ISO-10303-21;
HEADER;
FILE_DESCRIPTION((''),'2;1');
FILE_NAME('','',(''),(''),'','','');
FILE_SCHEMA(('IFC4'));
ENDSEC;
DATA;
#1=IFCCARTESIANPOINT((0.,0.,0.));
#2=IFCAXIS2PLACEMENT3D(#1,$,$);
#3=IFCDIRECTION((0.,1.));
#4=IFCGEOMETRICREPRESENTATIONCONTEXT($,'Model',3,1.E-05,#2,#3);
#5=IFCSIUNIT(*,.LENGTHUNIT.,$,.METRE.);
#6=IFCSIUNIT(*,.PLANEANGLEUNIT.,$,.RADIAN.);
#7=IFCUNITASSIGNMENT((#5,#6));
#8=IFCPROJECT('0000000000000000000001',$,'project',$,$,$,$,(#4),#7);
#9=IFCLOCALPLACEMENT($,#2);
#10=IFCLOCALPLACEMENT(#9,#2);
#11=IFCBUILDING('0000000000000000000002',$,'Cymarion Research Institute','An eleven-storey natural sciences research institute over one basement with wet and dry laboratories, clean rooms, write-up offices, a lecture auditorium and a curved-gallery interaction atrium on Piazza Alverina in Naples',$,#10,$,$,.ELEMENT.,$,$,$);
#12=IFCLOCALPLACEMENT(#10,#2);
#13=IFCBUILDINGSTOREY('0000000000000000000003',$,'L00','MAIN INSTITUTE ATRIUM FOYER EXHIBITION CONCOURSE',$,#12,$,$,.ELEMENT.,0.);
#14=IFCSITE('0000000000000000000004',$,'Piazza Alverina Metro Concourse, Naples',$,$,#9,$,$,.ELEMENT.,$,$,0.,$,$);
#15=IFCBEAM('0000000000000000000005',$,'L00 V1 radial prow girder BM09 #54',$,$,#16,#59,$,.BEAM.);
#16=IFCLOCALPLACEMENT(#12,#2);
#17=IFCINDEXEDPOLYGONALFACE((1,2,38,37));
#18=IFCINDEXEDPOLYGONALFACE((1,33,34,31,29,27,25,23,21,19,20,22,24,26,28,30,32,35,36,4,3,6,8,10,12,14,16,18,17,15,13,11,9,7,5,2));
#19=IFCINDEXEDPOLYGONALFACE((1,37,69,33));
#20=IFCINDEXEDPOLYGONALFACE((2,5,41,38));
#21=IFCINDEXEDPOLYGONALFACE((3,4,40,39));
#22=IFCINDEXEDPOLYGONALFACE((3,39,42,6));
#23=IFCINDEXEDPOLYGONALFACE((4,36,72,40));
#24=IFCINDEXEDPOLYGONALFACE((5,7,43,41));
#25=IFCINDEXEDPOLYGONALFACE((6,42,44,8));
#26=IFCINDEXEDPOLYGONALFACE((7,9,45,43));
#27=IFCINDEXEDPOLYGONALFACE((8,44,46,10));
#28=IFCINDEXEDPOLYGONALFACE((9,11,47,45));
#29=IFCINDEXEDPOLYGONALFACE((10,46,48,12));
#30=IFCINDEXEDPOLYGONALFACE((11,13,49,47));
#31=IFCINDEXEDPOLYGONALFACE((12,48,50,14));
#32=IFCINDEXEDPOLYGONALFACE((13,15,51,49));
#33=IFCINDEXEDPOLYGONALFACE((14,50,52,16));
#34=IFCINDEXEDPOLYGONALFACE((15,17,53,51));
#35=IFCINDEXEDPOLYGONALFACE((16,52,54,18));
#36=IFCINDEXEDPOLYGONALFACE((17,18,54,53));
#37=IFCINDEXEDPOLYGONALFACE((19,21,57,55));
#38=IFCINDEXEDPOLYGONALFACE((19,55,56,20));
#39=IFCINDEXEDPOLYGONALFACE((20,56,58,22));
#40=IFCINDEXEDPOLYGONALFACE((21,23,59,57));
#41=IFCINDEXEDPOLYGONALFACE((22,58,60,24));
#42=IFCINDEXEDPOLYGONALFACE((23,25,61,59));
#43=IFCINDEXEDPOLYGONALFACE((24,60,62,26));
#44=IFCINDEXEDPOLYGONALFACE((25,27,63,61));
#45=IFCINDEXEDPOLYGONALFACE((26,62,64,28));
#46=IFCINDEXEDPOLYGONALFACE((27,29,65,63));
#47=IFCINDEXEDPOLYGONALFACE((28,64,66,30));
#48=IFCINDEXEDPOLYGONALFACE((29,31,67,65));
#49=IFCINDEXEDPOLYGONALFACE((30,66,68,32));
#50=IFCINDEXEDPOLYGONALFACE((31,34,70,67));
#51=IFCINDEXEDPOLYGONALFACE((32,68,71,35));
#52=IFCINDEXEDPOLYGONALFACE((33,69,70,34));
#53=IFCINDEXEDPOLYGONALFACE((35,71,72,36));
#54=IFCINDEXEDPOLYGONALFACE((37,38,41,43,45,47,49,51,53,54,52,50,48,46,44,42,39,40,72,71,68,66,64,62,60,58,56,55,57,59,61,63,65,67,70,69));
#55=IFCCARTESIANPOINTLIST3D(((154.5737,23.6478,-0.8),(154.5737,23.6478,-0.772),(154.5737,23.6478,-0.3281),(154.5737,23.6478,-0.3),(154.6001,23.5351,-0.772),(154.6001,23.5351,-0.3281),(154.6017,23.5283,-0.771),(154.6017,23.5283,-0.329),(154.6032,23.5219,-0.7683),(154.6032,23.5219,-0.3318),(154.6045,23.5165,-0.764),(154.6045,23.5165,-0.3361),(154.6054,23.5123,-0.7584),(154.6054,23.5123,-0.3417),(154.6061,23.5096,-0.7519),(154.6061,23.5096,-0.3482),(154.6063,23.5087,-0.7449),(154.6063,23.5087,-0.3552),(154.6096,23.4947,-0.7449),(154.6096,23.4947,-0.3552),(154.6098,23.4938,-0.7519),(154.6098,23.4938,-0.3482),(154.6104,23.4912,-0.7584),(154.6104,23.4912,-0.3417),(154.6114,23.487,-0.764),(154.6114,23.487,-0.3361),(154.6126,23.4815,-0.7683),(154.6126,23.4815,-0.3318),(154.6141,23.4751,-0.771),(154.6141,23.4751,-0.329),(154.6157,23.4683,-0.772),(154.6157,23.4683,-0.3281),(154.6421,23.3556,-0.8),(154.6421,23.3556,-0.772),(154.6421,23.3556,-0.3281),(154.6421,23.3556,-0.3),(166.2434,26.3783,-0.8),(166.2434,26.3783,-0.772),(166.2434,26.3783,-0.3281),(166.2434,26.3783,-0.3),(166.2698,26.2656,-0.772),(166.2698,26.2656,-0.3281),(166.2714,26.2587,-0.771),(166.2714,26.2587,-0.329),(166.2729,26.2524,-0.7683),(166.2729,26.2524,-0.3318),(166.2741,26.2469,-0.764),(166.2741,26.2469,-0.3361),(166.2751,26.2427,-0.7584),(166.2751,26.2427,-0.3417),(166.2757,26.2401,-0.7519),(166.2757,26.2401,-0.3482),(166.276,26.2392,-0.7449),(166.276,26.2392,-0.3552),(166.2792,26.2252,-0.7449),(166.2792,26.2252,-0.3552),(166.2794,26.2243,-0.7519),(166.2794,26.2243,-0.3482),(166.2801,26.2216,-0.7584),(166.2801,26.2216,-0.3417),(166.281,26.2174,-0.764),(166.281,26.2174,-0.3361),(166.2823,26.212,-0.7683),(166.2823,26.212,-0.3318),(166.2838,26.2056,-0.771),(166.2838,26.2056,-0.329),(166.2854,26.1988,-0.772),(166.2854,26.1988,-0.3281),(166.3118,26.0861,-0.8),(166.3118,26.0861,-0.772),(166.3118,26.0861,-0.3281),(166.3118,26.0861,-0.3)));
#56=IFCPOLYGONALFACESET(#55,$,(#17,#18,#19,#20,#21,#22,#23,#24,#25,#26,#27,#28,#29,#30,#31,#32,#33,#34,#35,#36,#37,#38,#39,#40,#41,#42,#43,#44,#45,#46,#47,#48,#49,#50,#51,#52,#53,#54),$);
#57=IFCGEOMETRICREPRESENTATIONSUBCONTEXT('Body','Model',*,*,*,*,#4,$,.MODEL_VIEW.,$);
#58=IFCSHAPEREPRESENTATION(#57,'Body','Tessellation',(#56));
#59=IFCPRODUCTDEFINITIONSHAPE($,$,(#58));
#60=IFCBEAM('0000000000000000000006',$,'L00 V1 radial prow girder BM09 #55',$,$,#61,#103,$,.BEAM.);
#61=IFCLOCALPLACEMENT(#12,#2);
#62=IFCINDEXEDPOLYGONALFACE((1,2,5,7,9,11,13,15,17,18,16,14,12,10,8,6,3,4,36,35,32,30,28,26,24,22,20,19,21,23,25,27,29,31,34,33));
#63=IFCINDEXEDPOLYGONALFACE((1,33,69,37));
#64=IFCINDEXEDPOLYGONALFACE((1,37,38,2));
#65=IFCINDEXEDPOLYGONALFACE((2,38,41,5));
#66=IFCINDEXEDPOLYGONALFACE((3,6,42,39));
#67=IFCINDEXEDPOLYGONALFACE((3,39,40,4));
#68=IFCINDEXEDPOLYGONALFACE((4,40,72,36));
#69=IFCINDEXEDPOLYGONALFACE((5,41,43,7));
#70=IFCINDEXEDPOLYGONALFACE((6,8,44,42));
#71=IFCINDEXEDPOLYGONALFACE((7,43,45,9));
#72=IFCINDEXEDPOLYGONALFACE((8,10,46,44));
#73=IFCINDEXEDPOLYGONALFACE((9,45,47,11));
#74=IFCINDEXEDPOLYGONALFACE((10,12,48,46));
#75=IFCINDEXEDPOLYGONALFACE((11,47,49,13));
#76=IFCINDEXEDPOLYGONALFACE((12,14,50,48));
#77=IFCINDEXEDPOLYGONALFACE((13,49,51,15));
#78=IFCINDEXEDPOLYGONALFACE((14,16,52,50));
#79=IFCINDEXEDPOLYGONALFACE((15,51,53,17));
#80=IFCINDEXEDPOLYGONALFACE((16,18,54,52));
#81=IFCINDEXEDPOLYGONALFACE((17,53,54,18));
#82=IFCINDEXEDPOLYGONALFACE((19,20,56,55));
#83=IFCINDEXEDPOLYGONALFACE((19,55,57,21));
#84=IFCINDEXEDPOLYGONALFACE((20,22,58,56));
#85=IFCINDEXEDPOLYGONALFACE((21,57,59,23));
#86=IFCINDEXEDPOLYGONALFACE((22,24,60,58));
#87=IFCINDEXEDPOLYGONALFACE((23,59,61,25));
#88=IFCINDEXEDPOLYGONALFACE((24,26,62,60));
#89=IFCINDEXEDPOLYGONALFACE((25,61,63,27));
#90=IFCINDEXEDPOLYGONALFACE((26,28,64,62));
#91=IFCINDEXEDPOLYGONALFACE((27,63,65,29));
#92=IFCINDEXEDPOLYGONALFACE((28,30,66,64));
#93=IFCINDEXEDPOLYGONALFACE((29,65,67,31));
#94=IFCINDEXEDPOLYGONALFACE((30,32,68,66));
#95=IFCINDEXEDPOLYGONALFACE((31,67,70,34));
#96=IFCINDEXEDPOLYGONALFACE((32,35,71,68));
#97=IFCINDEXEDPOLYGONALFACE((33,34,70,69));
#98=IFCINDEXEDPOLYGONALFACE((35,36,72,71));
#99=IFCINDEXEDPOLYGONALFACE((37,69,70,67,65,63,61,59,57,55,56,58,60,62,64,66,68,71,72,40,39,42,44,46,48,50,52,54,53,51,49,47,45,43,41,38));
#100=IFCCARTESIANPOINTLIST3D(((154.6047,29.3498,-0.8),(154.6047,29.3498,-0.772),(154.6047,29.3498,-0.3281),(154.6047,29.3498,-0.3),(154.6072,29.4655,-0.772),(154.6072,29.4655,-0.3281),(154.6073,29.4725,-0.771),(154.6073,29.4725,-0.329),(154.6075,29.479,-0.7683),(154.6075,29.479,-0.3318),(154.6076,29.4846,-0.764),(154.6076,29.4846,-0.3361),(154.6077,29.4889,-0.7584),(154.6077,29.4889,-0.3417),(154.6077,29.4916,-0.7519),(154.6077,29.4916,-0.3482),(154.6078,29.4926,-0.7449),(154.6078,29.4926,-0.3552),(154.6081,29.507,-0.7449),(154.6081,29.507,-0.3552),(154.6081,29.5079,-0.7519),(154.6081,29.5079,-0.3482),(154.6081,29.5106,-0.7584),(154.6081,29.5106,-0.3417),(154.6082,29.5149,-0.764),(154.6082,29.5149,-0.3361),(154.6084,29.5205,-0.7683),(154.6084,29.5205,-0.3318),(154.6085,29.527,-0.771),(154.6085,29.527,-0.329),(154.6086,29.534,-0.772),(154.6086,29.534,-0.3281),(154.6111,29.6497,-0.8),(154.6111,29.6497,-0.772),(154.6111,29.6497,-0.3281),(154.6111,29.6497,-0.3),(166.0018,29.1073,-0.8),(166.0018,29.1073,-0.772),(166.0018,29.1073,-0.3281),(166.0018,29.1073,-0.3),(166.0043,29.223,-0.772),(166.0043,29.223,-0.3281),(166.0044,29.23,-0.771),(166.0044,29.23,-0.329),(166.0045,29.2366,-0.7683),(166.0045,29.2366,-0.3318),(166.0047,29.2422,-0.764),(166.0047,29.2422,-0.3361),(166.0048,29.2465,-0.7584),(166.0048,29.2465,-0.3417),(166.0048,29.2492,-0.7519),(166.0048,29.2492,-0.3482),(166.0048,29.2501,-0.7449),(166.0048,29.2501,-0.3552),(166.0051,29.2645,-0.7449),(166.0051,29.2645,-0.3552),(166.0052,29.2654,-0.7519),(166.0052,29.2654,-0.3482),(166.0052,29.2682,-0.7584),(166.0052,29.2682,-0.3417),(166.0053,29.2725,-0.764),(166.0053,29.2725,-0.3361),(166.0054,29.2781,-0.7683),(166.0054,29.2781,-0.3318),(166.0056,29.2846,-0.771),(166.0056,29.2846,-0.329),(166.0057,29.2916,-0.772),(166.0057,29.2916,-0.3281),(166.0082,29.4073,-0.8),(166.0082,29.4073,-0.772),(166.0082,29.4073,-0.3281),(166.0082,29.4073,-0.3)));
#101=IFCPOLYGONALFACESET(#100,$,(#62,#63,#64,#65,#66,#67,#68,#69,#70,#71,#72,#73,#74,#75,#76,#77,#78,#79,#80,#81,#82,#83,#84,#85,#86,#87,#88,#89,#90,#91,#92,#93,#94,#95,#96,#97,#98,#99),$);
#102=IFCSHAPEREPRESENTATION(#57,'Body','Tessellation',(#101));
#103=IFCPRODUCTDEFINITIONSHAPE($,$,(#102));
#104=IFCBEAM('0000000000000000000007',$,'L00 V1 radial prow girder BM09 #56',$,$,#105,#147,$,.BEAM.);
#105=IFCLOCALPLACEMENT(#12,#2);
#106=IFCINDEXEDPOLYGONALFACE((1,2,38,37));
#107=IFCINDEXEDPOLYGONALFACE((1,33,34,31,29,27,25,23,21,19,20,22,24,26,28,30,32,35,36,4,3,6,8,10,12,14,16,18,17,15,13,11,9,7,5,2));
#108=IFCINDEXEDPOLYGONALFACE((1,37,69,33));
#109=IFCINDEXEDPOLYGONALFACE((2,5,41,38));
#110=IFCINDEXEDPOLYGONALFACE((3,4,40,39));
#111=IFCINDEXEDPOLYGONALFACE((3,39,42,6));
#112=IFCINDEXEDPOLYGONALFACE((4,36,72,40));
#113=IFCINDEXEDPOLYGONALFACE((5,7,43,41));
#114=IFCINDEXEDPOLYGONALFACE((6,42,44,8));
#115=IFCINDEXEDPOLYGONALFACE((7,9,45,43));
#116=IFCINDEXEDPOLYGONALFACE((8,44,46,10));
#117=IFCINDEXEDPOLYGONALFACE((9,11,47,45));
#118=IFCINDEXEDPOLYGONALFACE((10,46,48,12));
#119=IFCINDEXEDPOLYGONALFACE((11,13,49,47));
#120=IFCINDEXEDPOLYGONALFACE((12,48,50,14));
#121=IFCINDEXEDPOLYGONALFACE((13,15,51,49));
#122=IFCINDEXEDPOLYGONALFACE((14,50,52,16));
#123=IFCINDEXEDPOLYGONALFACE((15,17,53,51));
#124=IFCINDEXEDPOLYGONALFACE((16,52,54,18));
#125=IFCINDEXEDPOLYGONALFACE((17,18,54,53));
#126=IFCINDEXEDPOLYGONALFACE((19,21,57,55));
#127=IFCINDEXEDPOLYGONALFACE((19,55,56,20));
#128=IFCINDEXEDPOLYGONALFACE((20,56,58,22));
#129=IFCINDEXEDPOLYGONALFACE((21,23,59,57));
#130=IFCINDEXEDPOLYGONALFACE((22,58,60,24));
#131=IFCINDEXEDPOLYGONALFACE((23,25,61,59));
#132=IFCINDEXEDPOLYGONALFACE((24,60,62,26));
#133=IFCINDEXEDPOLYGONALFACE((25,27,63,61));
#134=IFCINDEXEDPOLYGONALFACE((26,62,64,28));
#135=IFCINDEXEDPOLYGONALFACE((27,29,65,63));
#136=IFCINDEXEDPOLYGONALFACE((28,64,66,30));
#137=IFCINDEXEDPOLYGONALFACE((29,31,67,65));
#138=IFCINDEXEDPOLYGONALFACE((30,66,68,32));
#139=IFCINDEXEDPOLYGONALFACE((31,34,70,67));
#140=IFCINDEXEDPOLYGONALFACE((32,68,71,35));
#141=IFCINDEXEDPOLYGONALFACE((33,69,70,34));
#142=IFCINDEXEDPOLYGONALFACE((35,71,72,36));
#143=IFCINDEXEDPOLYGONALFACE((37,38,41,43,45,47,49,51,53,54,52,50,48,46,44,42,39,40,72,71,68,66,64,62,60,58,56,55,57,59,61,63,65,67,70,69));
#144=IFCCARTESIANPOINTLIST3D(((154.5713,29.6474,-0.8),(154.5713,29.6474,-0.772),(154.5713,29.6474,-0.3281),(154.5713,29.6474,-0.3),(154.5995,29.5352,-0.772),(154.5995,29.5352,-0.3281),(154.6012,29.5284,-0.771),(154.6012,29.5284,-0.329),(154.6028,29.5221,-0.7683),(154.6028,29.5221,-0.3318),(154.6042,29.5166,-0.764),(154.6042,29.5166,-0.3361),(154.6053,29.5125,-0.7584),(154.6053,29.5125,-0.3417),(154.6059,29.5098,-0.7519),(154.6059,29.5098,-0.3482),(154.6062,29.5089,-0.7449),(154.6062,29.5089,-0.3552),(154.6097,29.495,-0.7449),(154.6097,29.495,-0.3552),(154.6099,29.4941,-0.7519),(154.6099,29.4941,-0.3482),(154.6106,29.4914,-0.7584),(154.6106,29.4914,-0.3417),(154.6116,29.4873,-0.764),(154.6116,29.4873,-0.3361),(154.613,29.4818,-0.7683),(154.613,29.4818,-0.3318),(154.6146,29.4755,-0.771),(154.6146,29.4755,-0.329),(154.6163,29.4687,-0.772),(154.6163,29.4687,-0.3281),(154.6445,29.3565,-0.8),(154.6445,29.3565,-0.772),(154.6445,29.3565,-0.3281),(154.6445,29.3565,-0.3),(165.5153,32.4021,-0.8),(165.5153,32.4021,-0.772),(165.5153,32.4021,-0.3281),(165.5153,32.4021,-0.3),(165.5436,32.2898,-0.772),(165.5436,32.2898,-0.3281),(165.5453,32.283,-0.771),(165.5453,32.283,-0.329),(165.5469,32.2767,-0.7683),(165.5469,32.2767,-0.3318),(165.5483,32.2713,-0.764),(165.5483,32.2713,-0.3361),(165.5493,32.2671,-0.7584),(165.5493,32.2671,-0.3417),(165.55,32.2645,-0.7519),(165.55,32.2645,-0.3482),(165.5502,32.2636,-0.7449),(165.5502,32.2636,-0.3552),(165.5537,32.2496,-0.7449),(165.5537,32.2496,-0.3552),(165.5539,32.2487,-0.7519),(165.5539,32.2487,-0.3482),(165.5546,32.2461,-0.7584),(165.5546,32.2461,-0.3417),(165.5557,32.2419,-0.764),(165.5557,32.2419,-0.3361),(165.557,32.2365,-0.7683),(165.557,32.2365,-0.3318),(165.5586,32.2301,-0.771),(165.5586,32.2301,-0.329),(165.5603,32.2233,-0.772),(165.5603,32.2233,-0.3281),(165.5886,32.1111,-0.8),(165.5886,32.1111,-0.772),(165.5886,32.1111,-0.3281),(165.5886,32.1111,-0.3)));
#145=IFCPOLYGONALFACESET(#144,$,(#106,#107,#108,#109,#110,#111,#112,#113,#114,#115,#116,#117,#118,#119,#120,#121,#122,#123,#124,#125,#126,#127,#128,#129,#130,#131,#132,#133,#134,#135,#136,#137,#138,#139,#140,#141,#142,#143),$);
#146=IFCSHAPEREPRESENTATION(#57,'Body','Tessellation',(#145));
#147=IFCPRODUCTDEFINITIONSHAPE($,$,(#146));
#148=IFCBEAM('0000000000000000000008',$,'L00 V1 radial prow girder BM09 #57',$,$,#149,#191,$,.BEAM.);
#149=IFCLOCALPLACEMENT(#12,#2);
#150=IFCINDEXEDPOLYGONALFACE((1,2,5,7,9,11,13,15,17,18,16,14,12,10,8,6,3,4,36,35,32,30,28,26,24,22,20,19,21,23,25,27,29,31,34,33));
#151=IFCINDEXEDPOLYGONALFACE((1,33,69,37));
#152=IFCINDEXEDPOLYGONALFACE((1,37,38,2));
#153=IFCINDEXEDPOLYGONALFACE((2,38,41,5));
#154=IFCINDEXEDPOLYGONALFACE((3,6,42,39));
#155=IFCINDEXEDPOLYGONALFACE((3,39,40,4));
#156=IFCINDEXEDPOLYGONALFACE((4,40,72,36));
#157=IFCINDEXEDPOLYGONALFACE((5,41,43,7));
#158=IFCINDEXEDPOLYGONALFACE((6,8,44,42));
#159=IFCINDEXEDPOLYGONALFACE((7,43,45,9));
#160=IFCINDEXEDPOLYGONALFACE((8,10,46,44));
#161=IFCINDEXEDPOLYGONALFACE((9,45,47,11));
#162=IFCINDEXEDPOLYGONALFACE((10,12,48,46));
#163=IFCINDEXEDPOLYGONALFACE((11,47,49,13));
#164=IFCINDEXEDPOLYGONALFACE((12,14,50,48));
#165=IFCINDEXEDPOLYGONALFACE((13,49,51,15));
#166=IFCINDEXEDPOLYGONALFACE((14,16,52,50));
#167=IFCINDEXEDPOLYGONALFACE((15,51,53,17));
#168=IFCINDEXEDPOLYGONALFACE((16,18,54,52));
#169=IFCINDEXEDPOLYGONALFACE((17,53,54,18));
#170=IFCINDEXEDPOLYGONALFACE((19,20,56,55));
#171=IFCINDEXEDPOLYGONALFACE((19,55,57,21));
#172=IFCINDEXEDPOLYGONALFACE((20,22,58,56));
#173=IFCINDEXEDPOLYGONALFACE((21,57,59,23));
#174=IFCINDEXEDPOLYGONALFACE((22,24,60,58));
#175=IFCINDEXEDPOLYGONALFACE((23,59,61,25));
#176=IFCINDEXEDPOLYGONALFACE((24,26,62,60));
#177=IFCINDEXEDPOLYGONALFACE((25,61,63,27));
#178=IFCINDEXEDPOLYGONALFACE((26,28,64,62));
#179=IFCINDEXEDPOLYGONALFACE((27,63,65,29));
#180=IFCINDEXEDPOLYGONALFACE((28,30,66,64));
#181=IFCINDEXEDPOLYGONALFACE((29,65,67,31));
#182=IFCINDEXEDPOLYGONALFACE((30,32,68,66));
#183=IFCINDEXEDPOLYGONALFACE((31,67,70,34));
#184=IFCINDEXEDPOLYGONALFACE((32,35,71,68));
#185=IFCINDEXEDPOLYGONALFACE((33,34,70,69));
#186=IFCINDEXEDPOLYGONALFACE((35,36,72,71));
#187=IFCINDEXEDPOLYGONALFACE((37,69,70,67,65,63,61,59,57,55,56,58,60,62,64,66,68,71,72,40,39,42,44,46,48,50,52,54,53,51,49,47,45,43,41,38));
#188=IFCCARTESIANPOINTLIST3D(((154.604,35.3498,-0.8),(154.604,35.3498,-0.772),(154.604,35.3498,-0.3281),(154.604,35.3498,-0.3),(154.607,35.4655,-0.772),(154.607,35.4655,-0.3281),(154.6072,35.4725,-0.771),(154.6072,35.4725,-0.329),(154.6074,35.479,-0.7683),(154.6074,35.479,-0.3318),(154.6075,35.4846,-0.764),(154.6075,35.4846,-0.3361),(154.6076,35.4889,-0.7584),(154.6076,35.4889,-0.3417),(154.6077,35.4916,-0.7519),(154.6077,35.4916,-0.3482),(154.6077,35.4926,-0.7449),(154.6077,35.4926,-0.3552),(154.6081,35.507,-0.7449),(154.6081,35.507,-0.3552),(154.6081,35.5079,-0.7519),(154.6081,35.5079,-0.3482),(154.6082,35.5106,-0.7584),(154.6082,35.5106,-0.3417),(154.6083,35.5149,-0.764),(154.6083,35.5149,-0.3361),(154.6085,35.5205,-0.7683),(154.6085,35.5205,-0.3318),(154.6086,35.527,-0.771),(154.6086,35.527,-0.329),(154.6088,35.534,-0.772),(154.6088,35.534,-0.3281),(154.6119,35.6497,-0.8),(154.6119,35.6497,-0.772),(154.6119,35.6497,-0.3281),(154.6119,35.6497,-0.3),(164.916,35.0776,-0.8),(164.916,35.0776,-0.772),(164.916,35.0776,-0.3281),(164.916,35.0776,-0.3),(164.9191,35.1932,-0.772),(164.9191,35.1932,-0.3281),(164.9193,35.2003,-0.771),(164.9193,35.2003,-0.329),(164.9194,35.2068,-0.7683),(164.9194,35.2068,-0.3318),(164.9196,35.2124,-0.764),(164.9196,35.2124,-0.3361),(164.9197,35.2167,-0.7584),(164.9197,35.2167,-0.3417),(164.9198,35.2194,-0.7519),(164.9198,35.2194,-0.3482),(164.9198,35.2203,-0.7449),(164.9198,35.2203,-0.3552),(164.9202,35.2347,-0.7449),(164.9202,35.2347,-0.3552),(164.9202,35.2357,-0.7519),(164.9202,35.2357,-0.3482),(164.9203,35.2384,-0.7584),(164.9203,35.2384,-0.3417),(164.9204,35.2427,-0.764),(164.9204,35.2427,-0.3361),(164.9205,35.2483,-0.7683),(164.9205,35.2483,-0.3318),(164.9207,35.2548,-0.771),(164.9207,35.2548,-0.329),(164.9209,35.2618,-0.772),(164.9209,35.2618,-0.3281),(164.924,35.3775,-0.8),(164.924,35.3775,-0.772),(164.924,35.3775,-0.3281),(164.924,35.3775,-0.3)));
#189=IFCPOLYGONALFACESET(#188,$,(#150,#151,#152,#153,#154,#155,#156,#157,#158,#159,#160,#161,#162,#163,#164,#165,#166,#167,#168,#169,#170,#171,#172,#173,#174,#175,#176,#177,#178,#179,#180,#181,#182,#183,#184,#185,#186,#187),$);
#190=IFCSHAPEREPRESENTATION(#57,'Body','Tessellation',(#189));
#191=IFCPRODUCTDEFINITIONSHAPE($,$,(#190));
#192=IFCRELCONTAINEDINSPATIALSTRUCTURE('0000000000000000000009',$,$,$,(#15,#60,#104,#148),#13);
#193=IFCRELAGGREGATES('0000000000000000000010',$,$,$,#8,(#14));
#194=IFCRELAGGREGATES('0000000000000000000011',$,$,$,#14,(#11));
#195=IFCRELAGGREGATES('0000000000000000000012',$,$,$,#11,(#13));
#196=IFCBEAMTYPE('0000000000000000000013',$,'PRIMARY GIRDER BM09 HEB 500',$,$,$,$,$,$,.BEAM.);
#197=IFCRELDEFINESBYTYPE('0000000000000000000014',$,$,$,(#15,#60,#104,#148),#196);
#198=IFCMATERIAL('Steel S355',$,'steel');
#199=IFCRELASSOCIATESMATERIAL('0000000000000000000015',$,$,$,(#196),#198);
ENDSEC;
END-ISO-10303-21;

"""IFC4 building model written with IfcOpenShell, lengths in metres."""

from ifc_helpers import new_model, si_unit, direction, frame, origin, origin_2d, place, context, subcontext, project, spatial, i_section, extrude, material, material_profile, profile_set, type_object, element, save


model = new_model("IFC4")

# Units and contexts
model_context = context("Model", 3, precision=1e-05, world=origin(), true_north=direction((0.0, 1.0)))
body_context = subcontext(model_context, "Body", "Model", "MODEL_VIEW")
ifc_project = project(units=[si_unit("LENGTHUNIT", "METRE"), si_unit("PLANEANGLEUNIT", "RADIAN")], contexts=[model_context])

# Site, building, storey
site_placement = place(None, origin())
site = spatial("IfcSite", under=ifc_project, at=site_placement, Name="Piazza Alverina Metro Concourse, Naples", CompositionType="ELEMENT", RefElevation=0.0)
building_placement = place(site_placement, origin())
building = spatial("IfcBuilding", under=site, at=building_placement, Name="Cymarion Research Institute", Description="An eleven-storey natural sciences research institute over one basement with wet and dry laboratories, clean rooms, write-up offices, a lecture auditorium and a curved-gallery interaction atrium on Piazza Alverina in Naples", CompositionType="ELEMENT")
storey_placement = place(building_placement, origin())
storey = spatial("IfcBuildingStorey", under=building, at=storey_placement, Name="L00", Description="MAIN INSTITUTE ATRIUM FOYER EXHIBITION CONCOURSE", CompositionType="ELEMENT", Elevation=0.0)

# Shared definitions
ifc_material_1 = material(Name="Steel S355", Category="steel")

# Beams
ifc_material_profile_1 = material_profile(ifc_material_1, i_section(OverallWidth=0.3, OverallDepth=0.5, WebThickness=0.0144, FlangeThickness=0.0281, FilletRadius=0.0271, at=origin_2d()), Name="HEB 500")
ifc_profile_set_1 = profile_set([ifc_material_profile_1], Name="Steel S355")
beam_type_1 = type_object("IfcBeamType", Name="PRIMARY GIRDER BM09 HEB 500", PredefinedType="BEAM", material=ifc_profile_set_1)
beam_1_placement = place(storey_placement, frame((154.6079, 23.5017, -0.55), z_axis=(0.973702, 0.227827, 0.0), x_axis=(-0.227827, 0.973702, 0.0)))
element("IfcBeam", 1, at=beam_1_placement, inside=storey, type_object=beam_type_1, Name="L00 V1 radial prow girder BM09 #54", PredefinedType="BEAM", context=body_context, shape_type="SweptSolid", body=[
    extrude(i_section(OverallWidth=0.3, OverallDepth=0.5, WebThickness=0.0144, FlangeThickness=0.0281, FilletRadius=0.0271, at=origin_2d()), origin(), (0.0, 0.0, 1.0), 11.9849),
])
beam_2_placement = place(storey_placement, frame((154.6079, 29.4998, -0.55), z_axis=(0.999774, -0.021267, 0.0), x_axis=(0.021267, 0.999774, 0.0)))
element("IfcBeam", 2, at=beam_2_placement, inside=storey, type_object=beam_type_1, Name="L00 V1 radial prow girder BM09 #55", PredefinedType="BEAM", context=body_context, shape_type="SweptSolid", body=[
    extrude(i_section(OverallWidth=0.3, OverallDepth=0.5, WebThickness=0.0144, FlangeThickness=0.0281, FilletRadius=0.0271, at=origin_2d()), origin(), (0.0, 0.0, 1.0), 11.3997),
])
beam_3_placement = place(storey_placement, frame((154.6079, 29.502, -0.55), z_axis=(0.969753, 0.244088, 0.0), x_axis=(-0.244088, 0.969753, 0.0)))
element("IfcBeam", 3, at=beam_3_placement, inside=storey, type_object=beam_type_1, Name="L00 V1 radial prow girder BM09 #56", PredefinedType="BEAM", context=body_context, shape_type="SweptSolid", body=[
    extrude(i_section(OverallWidth=0.3, OverallDepth=0.5, WebThickness=0.0144, FlangeThickness=0.0281, FilletRadius=0.0271, at=origin_2d()), origin(), (0.0, 0.0, 1.0), 11.2854),
])
beam_4_placement = place(storey_placement, frame((154.6079, 35.4998, -0.55), z_axis=(0.999652, -0.026389, 0.0), x_axis=(0.026389, 0.999652, 0.0)))
element("IfcBeam", 4, at=beam_4_placement, inside=storey, type_object=beam_type_1, Name="L00 V1 radial prow girder BM09 #57", PredefinedType="BEAM", context=body_context, shape_type="SweptSolid", body=[
    extrude(i_section(OverallWidth=0.3, OverallDepth=0.5, WebThickness=0.0144, FlangeThickness=0.0281, FilletRadius=0.0271, at=origin_2d()), origin(), (0.0, 0.0, 1.0), 10.3157),
])

save(model, "model.ifc")
